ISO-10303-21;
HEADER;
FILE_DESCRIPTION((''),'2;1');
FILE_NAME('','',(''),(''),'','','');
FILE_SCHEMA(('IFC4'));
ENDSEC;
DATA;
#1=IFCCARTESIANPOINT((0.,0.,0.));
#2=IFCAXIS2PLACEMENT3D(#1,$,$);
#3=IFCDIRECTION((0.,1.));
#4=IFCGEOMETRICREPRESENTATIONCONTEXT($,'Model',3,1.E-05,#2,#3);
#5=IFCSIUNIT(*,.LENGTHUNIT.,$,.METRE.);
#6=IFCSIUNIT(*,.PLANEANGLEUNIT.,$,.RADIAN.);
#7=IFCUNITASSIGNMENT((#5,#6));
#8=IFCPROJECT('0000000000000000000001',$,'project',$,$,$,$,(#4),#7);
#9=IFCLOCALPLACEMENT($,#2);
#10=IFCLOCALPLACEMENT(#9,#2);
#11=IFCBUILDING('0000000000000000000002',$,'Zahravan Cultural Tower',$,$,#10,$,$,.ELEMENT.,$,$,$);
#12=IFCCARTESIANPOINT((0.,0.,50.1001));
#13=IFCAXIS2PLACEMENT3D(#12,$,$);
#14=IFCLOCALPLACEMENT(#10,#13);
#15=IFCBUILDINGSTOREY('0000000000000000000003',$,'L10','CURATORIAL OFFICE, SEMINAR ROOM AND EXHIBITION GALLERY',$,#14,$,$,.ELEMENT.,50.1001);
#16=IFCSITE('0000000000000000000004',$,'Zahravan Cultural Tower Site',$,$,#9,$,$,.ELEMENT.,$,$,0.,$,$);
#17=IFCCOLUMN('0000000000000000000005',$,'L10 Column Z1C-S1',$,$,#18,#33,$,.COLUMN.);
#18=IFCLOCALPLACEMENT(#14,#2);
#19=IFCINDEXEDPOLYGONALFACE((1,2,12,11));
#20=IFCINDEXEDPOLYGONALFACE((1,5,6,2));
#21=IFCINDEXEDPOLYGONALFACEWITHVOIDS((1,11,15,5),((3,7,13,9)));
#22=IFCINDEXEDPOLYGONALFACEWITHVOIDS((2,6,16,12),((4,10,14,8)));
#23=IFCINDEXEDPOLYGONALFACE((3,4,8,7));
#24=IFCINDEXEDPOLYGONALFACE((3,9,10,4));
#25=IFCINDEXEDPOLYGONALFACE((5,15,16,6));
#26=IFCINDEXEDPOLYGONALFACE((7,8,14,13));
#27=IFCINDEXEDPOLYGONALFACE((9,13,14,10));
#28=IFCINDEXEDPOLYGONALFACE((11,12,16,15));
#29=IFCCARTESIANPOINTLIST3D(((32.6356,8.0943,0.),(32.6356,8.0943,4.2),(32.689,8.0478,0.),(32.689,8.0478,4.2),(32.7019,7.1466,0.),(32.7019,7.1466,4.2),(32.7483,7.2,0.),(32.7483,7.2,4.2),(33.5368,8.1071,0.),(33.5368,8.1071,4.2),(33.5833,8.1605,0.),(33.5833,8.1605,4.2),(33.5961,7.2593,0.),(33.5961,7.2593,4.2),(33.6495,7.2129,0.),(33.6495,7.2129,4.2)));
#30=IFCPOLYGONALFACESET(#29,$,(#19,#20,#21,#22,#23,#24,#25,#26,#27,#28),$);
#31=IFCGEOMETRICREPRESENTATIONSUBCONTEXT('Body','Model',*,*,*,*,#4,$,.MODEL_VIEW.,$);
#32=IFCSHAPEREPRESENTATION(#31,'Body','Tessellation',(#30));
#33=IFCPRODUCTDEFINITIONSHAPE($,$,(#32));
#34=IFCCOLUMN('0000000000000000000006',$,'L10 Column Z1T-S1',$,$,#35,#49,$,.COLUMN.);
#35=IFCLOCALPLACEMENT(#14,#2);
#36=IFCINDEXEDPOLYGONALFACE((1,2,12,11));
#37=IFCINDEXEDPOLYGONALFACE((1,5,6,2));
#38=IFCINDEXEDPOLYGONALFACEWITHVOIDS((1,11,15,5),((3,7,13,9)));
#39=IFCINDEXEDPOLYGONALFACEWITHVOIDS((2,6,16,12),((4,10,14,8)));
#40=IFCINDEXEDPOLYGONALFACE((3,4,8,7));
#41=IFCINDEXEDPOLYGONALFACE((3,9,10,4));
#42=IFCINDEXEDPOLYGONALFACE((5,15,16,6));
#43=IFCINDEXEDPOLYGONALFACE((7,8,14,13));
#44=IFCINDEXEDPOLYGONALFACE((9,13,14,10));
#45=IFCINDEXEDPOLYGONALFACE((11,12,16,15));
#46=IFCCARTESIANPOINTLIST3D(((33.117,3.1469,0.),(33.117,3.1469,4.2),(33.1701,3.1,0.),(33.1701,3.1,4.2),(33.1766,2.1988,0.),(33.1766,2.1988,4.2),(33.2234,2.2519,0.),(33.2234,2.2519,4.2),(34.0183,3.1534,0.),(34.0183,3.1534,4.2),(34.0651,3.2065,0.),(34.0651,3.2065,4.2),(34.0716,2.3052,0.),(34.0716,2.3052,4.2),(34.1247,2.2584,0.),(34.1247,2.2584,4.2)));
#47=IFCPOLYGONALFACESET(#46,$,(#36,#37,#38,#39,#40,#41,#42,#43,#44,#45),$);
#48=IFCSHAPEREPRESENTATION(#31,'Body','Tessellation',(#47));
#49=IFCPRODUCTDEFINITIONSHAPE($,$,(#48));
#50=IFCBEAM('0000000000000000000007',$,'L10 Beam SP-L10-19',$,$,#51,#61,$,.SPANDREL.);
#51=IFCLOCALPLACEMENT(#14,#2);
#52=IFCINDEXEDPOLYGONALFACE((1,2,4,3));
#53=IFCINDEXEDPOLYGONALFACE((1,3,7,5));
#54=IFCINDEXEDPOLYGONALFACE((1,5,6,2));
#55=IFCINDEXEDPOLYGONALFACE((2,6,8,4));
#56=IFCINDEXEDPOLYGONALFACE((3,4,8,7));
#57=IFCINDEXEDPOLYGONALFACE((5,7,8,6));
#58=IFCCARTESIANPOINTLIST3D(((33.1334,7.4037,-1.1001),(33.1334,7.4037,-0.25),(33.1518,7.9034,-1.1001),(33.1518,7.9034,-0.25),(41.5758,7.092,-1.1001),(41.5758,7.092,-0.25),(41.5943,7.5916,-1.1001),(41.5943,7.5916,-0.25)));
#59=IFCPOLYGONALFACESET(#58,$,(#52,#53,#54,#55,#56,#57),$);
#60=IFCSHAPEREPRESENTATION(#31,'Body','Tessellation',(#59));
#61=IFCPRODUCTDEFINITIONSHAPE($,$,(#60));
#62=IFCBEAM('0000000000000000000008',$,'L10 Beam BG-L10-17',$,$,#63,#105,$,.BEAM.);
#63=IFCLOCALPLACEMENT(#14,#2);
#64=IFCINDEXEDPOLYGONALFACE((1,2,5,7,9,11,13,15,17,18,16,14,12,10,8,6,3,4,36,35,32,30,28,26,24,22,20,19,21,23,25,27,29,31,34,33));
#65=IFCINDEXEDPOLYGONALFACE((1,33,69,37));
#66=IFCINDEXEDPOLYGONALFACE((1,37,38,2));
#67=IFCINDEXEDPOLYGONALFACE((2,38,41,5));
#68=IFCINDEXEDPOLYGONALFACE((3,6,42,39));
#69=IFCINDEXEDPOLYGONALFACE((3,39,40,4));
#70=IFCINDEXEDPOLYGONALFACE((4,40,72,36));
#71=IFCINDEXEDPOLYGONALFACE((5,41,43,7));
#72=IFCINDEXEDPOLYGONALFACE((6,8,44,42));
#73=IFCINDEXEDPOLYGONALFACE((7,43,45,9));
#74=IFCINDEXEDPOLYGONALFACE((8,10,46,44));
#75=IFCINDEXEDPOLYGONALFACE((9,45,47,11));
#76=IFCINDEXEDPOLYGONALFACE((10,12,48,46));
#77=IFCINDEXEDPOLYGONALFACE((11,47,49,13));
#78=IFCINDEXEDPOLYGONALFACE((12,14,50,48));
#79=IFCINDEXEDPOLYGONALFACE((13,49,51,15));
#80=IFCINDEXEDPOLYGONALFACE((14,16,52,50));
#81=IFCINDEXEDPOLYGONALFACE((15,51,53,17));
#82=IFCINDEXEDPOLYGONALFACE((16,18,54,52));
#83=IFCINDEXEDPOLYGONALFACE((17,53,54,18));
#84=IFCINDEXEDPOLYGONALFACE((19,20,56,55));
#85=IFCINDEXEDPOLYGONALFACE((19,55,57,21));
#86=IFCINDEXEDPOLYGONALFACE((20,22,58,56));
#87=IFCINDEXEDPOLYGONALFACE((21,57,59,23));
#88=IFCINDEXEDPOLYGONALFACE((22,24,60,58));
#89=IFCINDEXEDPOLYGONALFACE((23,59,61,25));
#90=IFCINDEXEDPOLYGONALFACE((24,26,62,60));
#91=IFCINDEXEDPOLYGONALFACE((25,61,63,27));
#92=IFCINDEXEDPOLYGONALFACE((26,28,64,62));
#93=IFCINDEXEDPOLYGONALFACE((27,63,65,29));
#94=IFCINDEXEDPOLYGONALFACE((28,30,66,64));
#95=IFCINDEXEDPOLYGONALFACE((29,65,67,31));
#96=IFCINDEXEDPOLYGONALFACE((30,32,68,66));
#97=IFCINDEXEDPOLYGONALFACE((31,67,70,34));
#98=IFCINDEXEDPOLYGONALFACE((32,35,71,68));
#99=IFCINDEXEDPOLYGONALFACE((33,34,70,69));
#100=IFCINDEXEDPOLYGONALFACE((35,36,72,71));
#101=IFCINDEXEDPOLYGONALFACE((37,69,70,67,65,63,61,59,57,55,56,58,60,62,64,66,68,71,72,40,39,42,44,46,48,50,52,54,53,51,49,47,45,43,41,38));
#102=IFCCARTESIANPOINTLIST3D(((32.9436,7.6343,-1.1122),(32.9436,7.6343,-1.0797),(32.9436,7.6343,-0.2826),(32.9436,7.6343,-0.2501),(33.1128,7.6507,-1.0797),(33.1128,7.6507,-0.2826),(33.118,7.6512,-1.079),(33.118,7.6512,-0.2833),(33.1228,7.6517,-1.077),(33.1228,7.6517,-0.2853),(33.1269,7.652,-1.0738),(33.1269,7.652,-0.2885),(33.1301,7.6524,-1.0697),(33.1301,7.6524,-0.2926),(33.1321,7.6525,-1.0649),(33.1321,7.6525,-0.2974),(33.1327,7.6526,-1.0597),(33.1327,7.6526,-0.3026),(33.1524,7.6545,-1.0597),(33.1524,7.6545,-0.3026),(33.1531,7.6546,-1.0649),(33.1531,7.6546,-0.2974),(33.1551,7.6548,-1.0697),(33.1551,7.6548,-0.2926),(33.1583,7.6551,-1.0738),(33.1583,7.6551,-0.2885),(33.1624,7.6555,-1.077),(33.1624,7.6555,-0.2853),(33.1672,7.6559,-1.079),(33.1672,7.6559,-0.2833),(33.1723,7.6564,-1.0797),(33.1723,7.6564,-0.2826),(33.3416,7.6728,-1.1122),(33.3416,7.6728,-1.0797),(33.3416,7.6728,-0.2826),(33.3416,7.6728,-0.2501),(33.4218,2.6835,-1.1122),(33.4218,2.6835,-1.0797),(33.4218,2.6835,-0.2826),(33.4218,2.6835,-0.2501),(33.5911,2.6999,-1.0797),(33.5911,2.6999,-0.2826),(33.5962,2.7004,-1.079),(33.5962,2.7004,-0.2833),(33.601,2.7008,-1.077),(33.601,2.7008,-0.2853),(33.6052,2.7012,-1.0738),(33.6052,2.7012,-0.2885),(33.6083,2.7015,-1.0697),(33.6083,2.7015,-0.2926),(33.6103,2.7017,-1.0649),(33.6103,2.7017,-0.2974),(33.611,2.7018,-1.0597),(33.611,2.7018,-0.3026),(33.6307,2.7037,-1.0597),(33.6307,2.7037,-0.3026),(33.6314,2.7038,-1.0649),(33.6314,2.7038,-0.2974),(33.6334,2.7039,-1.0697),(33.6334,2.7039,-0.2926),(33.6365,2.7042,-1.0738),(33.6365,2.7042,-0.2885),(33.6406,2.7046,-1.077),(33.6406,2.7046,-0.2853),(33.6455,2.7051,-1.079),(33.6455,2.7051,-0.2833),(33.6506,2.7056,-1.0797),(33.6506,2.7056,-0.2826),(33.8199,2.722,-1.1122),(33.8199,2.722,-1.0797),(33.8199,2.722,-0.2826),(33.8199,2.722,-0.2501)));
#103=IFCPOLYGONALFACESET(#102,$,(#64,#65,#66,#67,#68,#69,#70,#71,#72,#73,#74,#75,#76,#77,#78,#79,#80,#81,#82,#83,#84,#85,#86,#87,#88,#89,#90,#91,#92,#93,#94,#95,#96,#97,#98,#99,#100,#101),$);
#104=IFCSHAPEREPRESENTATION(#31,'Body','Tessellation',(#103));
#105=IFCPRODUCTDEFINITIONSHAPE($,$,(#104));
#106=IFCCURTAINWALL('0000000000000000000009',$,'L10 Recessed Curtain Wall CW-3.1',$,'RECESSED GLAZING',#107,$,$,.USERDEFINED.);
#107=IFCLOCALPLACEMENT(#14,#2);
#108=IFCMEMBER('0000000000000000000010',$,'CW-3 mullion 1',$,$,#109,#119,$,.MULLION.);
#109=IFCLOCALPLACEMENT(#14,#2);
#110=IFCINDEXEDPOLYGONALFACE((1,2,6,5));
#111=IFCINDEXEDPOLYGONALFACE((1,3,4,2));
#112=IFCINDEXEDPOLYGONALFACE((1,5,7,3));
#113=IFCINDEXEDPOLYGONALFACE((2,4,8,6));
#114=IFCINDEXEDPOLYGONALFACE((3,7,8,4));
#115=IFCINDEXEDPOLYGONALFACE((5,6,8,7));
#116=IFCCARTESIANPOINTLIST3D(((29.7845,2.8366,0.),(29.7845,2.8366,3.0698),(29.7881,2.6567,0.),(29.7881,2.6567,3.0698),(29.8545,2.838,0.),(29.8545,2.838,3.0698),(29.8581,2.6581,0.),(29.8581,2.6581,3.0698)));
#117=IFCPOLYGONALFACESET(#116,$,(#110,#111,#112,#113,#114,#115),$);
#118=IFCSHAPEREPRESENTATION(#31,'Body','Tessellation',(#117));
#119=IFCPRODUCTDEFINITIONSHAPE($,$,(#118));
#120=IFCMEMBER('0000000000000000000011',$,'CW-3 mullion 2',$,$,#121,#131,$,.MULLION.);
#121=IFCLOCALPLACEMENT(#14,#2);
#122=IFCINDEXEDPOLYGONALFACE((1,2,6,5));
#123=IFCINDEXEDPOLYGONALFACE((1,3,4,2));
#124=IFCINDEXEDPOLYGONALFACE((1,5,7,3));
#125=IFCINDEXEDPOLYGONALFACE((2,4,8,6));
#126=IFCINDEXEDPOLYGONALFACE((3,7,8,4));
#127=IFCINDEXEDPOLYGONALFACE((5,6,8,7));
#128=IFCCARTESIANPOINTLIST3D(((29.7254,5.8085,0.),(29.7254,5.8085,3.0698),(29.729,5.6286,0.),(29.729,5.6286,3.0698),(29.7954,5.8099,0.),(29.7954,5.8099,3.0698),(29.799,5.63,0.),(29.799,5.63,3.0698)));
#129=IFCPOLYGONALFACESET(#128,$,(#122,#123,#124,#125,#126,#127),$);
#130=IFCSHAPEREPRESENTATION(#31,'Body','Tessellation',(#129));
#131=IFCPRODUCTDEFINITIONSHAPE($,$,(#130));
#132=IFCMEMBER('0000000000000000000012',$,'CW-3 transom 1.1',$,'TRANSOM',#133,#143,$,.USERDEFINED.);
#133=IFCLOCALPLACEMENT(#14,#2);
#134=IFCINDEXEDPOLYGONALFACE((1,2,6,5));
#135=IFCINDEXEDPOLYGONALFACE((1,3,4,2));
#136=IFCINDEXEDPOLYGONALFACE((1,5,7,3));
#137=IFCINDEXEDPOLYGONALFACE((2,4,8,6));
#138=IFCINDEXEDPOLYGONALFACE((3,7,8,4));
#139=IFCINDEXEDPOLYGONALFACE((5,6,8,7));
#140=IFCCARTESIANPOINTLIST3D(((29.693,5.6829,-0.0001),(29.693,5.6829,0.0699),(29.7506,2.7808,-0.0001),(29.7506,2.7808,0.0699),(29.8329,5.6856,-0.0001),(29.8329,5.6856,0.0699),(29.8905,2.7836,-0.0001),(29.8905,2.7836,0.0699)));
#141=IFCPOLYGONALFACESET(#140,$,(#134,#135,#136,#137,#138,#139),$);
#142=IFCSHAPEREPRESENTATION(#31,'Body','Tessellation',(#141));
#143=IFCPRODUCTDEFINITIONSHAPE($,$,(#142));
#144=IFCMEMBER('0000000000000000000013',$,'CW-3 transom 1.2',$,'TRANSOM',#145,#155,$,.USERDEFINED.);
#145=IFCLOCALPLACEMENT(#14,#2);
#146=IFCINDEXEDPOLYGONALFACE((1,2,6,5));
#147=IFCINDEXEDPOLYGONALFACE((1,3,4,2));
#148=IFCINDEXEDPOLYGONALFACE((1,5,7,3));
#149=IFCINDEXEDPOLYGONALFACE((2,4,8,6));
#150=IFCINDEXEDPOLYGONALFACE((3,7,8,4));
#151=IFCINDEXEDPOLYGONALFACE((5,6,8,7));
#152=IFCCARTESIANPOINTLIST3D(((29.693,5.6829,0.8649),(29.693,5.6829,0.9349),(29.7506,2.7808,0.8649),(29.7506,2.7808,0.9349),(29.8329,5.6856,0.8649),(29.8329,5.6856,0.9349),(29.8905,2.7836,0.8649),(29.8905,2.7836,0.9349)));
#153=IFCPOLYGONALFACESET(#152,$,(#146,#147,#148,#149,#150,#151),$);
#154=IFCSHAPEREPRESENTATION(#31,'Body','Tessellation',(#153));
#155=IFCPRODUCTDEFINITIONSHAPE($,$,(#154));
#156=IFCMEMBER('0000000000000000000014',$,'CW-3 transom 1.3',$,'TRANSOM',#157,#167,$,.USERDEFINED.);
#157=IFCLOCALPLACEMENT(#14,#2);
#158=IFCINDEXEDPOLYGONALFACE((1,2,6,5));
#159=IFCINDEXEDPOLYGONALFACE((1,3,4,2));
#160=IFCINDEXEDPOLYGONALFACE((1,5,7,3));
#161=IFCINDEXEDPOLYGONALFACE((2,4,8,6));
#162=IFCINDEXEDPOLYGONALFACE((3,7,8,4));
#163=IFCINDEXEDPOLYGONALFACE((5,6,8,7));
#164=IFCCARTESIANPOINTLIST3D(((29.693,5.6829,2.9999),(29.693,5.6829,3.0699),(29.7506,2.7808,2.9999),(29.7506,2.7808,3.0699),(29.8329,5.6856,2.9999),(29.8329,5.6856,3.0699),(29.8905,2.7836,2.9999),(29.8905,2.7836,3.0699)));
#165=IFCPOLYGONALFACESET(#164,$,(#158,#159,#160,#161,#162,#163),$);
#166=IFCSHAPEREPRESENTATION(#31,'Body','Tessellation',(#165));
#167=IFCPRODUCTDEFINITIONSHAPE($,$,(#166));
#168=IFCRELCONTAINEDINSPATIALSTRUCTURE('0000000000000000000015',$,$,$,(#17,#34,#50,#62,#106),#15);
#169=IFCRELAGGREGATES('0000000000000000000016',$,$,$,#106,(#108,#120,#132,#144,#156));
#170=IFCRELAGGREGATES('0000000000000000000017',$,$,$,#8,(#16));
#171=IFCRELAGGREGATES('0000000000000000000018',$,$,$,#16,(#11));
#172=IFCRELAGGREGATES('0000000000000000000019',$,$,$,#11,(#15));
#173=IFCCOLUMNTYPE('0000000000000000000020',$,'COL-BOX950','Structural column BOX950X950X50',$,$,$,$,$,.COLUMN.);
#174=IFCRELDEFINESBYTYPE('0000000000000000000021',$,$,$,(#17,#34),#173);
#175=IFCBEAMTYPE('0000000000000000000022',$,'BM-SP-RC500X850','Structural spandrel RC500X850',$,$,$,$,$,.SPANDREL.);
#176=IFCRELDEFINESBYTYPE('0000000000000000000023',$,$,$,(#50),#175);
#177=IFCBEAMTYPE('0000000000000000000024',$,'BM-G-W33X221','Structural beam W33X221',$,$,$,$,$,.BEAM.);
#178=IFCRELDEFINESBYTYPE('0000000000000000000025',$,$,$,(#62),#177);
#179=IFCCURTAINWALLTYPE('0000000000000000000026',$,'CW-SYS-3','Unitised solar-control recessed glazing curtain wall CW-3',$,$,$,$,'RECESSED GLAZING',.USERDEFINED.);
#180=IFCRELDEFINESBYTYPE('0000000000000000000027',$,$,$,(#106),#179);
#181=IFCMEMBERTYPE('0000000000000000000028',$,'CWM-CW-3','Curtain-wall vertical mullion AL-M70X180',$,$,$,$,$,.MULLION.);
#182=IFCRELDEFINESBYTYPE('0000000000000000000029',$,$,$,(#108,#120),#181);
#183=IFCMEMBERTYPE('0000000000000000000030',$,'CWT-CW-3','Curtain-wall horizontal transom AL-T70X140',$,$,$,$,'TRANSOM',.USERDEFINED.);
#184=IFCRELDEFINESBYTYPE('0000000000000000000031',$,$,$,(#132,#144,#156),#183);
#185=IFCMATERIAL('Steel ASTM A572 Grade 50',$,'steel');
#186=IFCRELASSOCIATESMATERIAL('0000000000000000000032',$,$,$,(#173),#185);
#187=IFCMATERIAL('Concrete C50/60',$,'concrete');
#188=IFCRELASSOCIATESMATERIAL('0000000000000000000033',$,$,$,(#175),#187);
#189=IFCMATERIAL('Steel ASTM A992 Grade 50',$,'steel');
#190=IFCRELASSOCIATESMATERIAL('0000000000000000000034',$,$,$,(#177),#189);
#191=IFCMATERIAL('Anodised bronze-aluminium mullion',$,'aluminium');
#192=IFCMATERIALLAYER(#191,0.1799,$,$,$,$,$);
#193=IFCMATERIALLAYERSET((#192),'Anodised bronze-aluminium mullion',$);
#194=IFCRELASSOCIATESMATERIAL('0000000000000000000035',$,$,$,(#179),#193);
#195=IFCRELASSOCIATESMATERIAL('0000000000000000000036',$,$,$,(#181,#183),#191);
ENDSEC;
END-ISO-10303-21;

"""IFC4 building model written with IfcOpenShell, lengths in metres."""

from ifc_helpers import new_model, si_unit, direction, frame, origin, origin_2d, place, context, subcontext, project, spatial, rectangle, hollow_rectangle, i_section, extrude, source, transform, mapped, material, layer, layer_set, material_profile, profile_set, type_object, element, aggregate, save


model = new_model("IFC4")

# Units and contexts
model_context = context("Model", 3, precision=1e-05, world=origin(), true_north=direction((0.0, 1.0)))
body_context = subcontext(model_context, "Body", "Model", "MODEL_VIEW")
ifc_project = project(units=[si_unit("LENGTHUNIT", "METRE"), si_unit("PLANEANGLEUNIT", "RADIAN")], contexts=[model_context])

# Site, building, storey
site_placement = place(None, origin())
site = spatial("IfcSite", under=ifc_project, at=site_placement, Name="Zahravan Cultural Tower Site", CompositionType="ELEMENT", RefElevation=0.0)
building_placement = place(site_placement, origin())
building = spatial("IfcBuilding", under=site, at=building_placement, Name="Zahravan Cultural Tower", CompositionType="ELEMENT")
storey_placement = place(building_placement, frame((0.0, 0.0, 50.1001)))
storey = spatial("IfcBuildingStorey", under=building, at=storey_placement, Name="L10", Description="CURATORIAL OFFICE, SEMINAR ROOM AND EXHIBITION GALLERY", CompositionType="ELEMENT", Elevation=50.1001)

# Columns
ifc_material_1 = material(Name="Steel ASTM A572 Grade 50", Category="steel")
ifc_material_profile_1 = material_profile(ifc_material_1, hollow_rectangle(XDim=0.95, YDim=0.95, WallThickness=0.05, at=origin_2d()), Name="BOX950X950X50")
ifc_profile_set_1 = profile_set([ifc_material_profile_1], Name="Steel ASTM A572 Grade 50")
column_type = type_object("IfcColumnType", Name="COL-BOX950", Description="Structural column BOX950X950X50", PredefinedType="COLUMN", material=ifc_profile_set_1)
shared_shape_1 = source(origin(), body_context, "Body", "SweptSolid", [
    extrude(hollow_rectangle(XDim=0.95, YDim=0.95, WallThickness=0.05, at=origin_2d()), origin(), (0.0, 0.0, 1.0), 4.2),
])
for number, where, z_axis, x_axis, name in (
    (1, (33.1426, 7.6536, 0.0), (0.0, 0.0, 1.0), (-0.069756, 0.997564, 0.0), "L10 Column Z1C-S1"),
    (2, (33.6208, 2.7026, 0.0), (0.0, 0.0, 1.0), (-0.062791, 0.998027, 0.0), "L10 Column Z1T-S1"),
):
    element("IfcColumn", number, at=place(storey_placement, frame(where, z_axis=z_axis, x_axis=x_axis)), inside=storey, type_object=column_type, Name=name, PredefinedType="COLUMN", context=body_context, shape_type="MappedRepresentation", body=[
        mapped(shared_shape_1, transform((0.0, 0.0, 0.0), x_axis=(1.0, 0.0, 0.0), y_axis=(0.0, 1.0, 0.0), z_axis=(0.0, 0.0, 1.0), scale=1.0)),
    ])

# Beams
ifc_material_2 = material(Name="Concrete C50/60", Category="concrete")
ifc_material_profile_2 = material_profile(ifc_material_2, rectangle(XDim=0.5, YDim=0.8501, at=origin_2d()), Name="RC500X850")
ifc_profile_set_2 = profile_set([ifc_material_profile_2], Name="Concrete C50/60")
beam_type_1 = type_object("IfcBeamType", Name="BM-SP-RC500X850", Description="Structural spandrel RC500X850", PredefinedType="SPANDREL", material=ifc_profile_set_2)
shared_shape_2 = source(origin(), body_context, "Body", "SweptSolid", [
    extrude(rectangle(XDim=0.5, YDim=0.8501, at=origin_2d()), origin(), (0.0, 0.0, 1.0), 8.4482),
])
beam_1_placement = place(storey_placement, frame((33.1426, 7.6536, -0.675), z_axis=(0.999319, -0.036904, 0.0), x_axis=(0.036904, 0.999319, 0.0)))
element("IfcBeam", 3, at=beam_1_placement, inside=storey, type_object=beam_type_1, Name="L10 Beam SP-L10-19", PredefinedType="SPANDREL", context=body_context, shape_type="MappedRepresentation", body=[
    mapped(shared_shape_2, transform((0.0, 0.0, 0.0), x_axis=(1.0, 0.0, 0.0), y_axis=(0.0, 1.0, 0.0), z_axis=(0.0, 0.0, 1.0), scale=1.0)),
])
ifc_material_3 = material(Name="Steel ASTM A992 Grade 50", Category="steel")
ifc_material_profile_3 = material_profile(ifc_material_3, i_section(OverallWidth=0.3999, OverallDepth=0.8621, WebThickness=0.0198, FlangeThickness=0.0325, FilletRadius=0.02, at=origin_2d()), Name="W33X221")
ifc_profile_set_3 = profile_set([ifc_material_profile_3], Name="Steel ASTM A992 Grade 50")
beam_type_2 = type_object("IfcBeamType", Name="BM-G-W33X221", Description="Structural beam W33X221", PredefinedType="BEAM", material=ifc_profile_set_3)
shared_shape_3 = source(origin(), body_context, "Body", "SweptSolid", [
    extrude(i_section(OverallWidth=0.3999, OverallDepth=0.8621, WebThickness=0.0198, FlangeThickness=0.0325, FilletRadius=0.02, at=origin_2d()), origin(), (0.0, 0.0, 1.0), 4.9739),
])
beam_2_placement = place(storey_placement, frame((33.1426, 7.6536, -0.6812), z_axis=(0.096155, -0.995366, 0.0), x_axis=(0.995366, 0.096155, 0.0)))
element("IfcBeam", 4, at=beam_2_placement, inside=storey, type_object=beam_type_2, Name="L10 Beam BG-L10-17", PredefinedType="BEAM", context=body_context, shape_type="MappedRepresentation", body=[
    mapped(shared_shape_3, transform((0.0, 0.0, 0.0), x_axis=(1.0, 0.0, 0.0), y_axis=(0.0, 1.0, 0.0), z_axis=(0.0, 0.0, 1.0), scale=1.0)),
])

# Curtain wall, members
ifc_material_4 = material(Name="Anodised bronze-aluminium mullion", Category="aluminium")
ifc_layer_1 = layer(ifc_material_4, 0.1799)
ifc_layer_set_1 = layer_set([ifc_layer_1], Name="Anodised bronze-aluminium mullion")
curtain_wall_type = type_object("IfcCurtainWallType", Name="CW-SYS-3", Description="Unitised solar-control recessed glazing curtain wall CW-3", ElementType="RECESSED GLAZING", PredefinedType="USERDEFINED", material=ifc_layer_set_1)
curtain_wall_placement = place(storey_placement, origin())
curtain_wall = element("IfcCurtainWall", 5, at=curtain_wall_placement, inside=storey, type_object=curtain_wall_type, Name="L10 Recessed Curtain Wall CW-3.1", ObjectType="RECESSED GLAZING", PredefinedType="USERDEFINED")
ifc_material_profile_4 = material_profile(ifc_material_4, rectangle(XDim=0.0701, YDim=0.1799, at=origin_2d()), Name="AL-M70X180")
ifc_profile_set_4 = profile_set([ifc_material_profile_4], Name="Anodised bronze-aluminium mullion")
member_type_1 = type_object("IfcMemberType", Name="CWM-CW-3", Description="Curtain-wall vertical mullion AL-M70X180", PredefinedType="MULLION", material=ifc_profile_set_4)
shared_shape_4 = source(origin(), body_context, "Body", "SweptSolid", [
    extrude(rectangle(XDim=0.0701, YDim=0.1799, at=origin_2d()), origin(), (0.0, 0.0, 1.0), 3.0698),
])
member_1_placement = place(storey_placement, frame((29.8213, 2.7473, 0.0), z_axis=(0.0, 0.0, 1.0), x_axis=(-0.999802, -0.0199, 0.0)))
member_1 = element("IfcMember", 6, at=member_1_placement, type_object=member_type_1, Name="CW-3 mullion 1", PredefinedType="MULLION", context=body_context, shape_type="MappedRepresentation", body=[
    mapped(shared_shape_4, transform((0.0, 0.0, 0.0), x_axis=(1.0, 0.0, 0.0), y_axis=(0.0, 1.0, 0.0), z_axis=(0.0, 0.0, 1.0), scale=1.0)),
])
member_2_placement = place(storey_placement, frame((29.7622, 5.7192, 0.0), z_axis=(0.0, 0.0, 1.0), x_axis=(-0.999802, -0.0199, 0.0)))
member_2 = element("IfcMember", 7, at=member_2_placement, type_object=member_type_1, Name="CW-3 mullion 2", PredefinedType="MULLION", context=body_context, shape_type="MappedRepresentation", body=[
    mapped(shared_shape_4, transform((0.0, 0.0, 0.0), x_axis=(1.0, 0.0, 0.0), y_axis=(0.0, 1.0, 0.0), z_axis=(0.0, 0.0, 1.0), scale=1.0)),
])
ifc_material_profile_5 = material_profile(ifc_material_4, rectangle(XDim=0.1399, YDim=0.0701, at=origin_2d()), Name="AL-T70X140")
ifc_profile_set_5 = profile_set([ifc_material_profile_5], Name="Anodised bronze-aluminium mullion")
member_type_2 = type_object("IfcMemberType", Name="CWT-CW-3", Description="Curtain-wall horizontal transom AL-T70X140", ElementType="TRANSOM", PredefinedType="USERDEFINED", material=ifc_profile_set_5)
shared_shape_5 = source(origin(), body_context, "Body", "SweptSolid", [
    extrude(rectangle(XDim=0.1399, YDim=0.0701, at=origin_2d()), origin(), (0.0, 0.0, 1.0), 2.9026),
])
member_3_placement = place(storey_placement, frame((29.8206, 2.7822, 0.0349), z_axis=(-0.01985, 0.999803, 0.0), x_axis=(-0.999803, -0.01985, 0.0)))
member_3 = element("IfcMember", 8, at=member_3_placement, type_object=member_type_2, Name="CW-3 transom 1.1", ObjectType="TRANSOM", PredefinedType="USERDEFINED", context=body_context, shape_type="MappedRepresentation", body=[
    mapped(shared_shape_5, transform((0.0, 0.0, 0.0), x_axis=(1.0, 0.0, 0.0), y_axis=(0.0, 1.0, 0.0), z_axis=(0.0, 0.0, 1.0), scale=1.0)),
])
member_4_placement = place(storey_placement, frame((29.8206, 2.7822, 0.8999), z_axis=(-0.01985, 0.999803, 0.0), x_axis=(-0.999803, -0.01985, 0.0)))
member_4 = element("IfcMember", 9, at=member_4_placement, type_object=member_type_2, Name="CW-3 transom 1.2", ObjectType="TRANSOM", PredefinedType="USERDEFINED", context=body_context, shape_type="MappedRepresentation", body=[
    mapped(shared_shape_5, transform((0.0, 0.0, 0.0), x_axis=(1.0, 0.0, 0.0), y_axis=(0.0, 1.0, 0.0), z_axis=(0.0, 0.0, 1.0), scale=1.0)),
])
member_5_placement = place(storey_placement, frame((29.8206, 2.7822, 3.0349), z_axis=(-0.01985, 0.999803, 0.0), x_axis=(-0.999803, -0.01985, 0.0)))
member_5 = element("IfcMember", 10, at=member_5_placement, type_object=member_type_2, Name="CW-3 transom 1.3", ObjectType="TRANSOM", PredefinedType="USERDEFINED", context=body_context, shape_type="MappedRepresentation", body=[
    mapped(shared_shape_5, transform((0.0, 0.0, 0.0), x_axis=(1.0, 0.0, 0.0), y_axis=(0.0, 1.0, 0.0), z_axis=(0.0, 0.0, 1.0), scale=1.0)),
])
aggregate(curtain_wall, [member_1, member_2, member_3, member_4, member_5])

save(model, "model.ifc")
